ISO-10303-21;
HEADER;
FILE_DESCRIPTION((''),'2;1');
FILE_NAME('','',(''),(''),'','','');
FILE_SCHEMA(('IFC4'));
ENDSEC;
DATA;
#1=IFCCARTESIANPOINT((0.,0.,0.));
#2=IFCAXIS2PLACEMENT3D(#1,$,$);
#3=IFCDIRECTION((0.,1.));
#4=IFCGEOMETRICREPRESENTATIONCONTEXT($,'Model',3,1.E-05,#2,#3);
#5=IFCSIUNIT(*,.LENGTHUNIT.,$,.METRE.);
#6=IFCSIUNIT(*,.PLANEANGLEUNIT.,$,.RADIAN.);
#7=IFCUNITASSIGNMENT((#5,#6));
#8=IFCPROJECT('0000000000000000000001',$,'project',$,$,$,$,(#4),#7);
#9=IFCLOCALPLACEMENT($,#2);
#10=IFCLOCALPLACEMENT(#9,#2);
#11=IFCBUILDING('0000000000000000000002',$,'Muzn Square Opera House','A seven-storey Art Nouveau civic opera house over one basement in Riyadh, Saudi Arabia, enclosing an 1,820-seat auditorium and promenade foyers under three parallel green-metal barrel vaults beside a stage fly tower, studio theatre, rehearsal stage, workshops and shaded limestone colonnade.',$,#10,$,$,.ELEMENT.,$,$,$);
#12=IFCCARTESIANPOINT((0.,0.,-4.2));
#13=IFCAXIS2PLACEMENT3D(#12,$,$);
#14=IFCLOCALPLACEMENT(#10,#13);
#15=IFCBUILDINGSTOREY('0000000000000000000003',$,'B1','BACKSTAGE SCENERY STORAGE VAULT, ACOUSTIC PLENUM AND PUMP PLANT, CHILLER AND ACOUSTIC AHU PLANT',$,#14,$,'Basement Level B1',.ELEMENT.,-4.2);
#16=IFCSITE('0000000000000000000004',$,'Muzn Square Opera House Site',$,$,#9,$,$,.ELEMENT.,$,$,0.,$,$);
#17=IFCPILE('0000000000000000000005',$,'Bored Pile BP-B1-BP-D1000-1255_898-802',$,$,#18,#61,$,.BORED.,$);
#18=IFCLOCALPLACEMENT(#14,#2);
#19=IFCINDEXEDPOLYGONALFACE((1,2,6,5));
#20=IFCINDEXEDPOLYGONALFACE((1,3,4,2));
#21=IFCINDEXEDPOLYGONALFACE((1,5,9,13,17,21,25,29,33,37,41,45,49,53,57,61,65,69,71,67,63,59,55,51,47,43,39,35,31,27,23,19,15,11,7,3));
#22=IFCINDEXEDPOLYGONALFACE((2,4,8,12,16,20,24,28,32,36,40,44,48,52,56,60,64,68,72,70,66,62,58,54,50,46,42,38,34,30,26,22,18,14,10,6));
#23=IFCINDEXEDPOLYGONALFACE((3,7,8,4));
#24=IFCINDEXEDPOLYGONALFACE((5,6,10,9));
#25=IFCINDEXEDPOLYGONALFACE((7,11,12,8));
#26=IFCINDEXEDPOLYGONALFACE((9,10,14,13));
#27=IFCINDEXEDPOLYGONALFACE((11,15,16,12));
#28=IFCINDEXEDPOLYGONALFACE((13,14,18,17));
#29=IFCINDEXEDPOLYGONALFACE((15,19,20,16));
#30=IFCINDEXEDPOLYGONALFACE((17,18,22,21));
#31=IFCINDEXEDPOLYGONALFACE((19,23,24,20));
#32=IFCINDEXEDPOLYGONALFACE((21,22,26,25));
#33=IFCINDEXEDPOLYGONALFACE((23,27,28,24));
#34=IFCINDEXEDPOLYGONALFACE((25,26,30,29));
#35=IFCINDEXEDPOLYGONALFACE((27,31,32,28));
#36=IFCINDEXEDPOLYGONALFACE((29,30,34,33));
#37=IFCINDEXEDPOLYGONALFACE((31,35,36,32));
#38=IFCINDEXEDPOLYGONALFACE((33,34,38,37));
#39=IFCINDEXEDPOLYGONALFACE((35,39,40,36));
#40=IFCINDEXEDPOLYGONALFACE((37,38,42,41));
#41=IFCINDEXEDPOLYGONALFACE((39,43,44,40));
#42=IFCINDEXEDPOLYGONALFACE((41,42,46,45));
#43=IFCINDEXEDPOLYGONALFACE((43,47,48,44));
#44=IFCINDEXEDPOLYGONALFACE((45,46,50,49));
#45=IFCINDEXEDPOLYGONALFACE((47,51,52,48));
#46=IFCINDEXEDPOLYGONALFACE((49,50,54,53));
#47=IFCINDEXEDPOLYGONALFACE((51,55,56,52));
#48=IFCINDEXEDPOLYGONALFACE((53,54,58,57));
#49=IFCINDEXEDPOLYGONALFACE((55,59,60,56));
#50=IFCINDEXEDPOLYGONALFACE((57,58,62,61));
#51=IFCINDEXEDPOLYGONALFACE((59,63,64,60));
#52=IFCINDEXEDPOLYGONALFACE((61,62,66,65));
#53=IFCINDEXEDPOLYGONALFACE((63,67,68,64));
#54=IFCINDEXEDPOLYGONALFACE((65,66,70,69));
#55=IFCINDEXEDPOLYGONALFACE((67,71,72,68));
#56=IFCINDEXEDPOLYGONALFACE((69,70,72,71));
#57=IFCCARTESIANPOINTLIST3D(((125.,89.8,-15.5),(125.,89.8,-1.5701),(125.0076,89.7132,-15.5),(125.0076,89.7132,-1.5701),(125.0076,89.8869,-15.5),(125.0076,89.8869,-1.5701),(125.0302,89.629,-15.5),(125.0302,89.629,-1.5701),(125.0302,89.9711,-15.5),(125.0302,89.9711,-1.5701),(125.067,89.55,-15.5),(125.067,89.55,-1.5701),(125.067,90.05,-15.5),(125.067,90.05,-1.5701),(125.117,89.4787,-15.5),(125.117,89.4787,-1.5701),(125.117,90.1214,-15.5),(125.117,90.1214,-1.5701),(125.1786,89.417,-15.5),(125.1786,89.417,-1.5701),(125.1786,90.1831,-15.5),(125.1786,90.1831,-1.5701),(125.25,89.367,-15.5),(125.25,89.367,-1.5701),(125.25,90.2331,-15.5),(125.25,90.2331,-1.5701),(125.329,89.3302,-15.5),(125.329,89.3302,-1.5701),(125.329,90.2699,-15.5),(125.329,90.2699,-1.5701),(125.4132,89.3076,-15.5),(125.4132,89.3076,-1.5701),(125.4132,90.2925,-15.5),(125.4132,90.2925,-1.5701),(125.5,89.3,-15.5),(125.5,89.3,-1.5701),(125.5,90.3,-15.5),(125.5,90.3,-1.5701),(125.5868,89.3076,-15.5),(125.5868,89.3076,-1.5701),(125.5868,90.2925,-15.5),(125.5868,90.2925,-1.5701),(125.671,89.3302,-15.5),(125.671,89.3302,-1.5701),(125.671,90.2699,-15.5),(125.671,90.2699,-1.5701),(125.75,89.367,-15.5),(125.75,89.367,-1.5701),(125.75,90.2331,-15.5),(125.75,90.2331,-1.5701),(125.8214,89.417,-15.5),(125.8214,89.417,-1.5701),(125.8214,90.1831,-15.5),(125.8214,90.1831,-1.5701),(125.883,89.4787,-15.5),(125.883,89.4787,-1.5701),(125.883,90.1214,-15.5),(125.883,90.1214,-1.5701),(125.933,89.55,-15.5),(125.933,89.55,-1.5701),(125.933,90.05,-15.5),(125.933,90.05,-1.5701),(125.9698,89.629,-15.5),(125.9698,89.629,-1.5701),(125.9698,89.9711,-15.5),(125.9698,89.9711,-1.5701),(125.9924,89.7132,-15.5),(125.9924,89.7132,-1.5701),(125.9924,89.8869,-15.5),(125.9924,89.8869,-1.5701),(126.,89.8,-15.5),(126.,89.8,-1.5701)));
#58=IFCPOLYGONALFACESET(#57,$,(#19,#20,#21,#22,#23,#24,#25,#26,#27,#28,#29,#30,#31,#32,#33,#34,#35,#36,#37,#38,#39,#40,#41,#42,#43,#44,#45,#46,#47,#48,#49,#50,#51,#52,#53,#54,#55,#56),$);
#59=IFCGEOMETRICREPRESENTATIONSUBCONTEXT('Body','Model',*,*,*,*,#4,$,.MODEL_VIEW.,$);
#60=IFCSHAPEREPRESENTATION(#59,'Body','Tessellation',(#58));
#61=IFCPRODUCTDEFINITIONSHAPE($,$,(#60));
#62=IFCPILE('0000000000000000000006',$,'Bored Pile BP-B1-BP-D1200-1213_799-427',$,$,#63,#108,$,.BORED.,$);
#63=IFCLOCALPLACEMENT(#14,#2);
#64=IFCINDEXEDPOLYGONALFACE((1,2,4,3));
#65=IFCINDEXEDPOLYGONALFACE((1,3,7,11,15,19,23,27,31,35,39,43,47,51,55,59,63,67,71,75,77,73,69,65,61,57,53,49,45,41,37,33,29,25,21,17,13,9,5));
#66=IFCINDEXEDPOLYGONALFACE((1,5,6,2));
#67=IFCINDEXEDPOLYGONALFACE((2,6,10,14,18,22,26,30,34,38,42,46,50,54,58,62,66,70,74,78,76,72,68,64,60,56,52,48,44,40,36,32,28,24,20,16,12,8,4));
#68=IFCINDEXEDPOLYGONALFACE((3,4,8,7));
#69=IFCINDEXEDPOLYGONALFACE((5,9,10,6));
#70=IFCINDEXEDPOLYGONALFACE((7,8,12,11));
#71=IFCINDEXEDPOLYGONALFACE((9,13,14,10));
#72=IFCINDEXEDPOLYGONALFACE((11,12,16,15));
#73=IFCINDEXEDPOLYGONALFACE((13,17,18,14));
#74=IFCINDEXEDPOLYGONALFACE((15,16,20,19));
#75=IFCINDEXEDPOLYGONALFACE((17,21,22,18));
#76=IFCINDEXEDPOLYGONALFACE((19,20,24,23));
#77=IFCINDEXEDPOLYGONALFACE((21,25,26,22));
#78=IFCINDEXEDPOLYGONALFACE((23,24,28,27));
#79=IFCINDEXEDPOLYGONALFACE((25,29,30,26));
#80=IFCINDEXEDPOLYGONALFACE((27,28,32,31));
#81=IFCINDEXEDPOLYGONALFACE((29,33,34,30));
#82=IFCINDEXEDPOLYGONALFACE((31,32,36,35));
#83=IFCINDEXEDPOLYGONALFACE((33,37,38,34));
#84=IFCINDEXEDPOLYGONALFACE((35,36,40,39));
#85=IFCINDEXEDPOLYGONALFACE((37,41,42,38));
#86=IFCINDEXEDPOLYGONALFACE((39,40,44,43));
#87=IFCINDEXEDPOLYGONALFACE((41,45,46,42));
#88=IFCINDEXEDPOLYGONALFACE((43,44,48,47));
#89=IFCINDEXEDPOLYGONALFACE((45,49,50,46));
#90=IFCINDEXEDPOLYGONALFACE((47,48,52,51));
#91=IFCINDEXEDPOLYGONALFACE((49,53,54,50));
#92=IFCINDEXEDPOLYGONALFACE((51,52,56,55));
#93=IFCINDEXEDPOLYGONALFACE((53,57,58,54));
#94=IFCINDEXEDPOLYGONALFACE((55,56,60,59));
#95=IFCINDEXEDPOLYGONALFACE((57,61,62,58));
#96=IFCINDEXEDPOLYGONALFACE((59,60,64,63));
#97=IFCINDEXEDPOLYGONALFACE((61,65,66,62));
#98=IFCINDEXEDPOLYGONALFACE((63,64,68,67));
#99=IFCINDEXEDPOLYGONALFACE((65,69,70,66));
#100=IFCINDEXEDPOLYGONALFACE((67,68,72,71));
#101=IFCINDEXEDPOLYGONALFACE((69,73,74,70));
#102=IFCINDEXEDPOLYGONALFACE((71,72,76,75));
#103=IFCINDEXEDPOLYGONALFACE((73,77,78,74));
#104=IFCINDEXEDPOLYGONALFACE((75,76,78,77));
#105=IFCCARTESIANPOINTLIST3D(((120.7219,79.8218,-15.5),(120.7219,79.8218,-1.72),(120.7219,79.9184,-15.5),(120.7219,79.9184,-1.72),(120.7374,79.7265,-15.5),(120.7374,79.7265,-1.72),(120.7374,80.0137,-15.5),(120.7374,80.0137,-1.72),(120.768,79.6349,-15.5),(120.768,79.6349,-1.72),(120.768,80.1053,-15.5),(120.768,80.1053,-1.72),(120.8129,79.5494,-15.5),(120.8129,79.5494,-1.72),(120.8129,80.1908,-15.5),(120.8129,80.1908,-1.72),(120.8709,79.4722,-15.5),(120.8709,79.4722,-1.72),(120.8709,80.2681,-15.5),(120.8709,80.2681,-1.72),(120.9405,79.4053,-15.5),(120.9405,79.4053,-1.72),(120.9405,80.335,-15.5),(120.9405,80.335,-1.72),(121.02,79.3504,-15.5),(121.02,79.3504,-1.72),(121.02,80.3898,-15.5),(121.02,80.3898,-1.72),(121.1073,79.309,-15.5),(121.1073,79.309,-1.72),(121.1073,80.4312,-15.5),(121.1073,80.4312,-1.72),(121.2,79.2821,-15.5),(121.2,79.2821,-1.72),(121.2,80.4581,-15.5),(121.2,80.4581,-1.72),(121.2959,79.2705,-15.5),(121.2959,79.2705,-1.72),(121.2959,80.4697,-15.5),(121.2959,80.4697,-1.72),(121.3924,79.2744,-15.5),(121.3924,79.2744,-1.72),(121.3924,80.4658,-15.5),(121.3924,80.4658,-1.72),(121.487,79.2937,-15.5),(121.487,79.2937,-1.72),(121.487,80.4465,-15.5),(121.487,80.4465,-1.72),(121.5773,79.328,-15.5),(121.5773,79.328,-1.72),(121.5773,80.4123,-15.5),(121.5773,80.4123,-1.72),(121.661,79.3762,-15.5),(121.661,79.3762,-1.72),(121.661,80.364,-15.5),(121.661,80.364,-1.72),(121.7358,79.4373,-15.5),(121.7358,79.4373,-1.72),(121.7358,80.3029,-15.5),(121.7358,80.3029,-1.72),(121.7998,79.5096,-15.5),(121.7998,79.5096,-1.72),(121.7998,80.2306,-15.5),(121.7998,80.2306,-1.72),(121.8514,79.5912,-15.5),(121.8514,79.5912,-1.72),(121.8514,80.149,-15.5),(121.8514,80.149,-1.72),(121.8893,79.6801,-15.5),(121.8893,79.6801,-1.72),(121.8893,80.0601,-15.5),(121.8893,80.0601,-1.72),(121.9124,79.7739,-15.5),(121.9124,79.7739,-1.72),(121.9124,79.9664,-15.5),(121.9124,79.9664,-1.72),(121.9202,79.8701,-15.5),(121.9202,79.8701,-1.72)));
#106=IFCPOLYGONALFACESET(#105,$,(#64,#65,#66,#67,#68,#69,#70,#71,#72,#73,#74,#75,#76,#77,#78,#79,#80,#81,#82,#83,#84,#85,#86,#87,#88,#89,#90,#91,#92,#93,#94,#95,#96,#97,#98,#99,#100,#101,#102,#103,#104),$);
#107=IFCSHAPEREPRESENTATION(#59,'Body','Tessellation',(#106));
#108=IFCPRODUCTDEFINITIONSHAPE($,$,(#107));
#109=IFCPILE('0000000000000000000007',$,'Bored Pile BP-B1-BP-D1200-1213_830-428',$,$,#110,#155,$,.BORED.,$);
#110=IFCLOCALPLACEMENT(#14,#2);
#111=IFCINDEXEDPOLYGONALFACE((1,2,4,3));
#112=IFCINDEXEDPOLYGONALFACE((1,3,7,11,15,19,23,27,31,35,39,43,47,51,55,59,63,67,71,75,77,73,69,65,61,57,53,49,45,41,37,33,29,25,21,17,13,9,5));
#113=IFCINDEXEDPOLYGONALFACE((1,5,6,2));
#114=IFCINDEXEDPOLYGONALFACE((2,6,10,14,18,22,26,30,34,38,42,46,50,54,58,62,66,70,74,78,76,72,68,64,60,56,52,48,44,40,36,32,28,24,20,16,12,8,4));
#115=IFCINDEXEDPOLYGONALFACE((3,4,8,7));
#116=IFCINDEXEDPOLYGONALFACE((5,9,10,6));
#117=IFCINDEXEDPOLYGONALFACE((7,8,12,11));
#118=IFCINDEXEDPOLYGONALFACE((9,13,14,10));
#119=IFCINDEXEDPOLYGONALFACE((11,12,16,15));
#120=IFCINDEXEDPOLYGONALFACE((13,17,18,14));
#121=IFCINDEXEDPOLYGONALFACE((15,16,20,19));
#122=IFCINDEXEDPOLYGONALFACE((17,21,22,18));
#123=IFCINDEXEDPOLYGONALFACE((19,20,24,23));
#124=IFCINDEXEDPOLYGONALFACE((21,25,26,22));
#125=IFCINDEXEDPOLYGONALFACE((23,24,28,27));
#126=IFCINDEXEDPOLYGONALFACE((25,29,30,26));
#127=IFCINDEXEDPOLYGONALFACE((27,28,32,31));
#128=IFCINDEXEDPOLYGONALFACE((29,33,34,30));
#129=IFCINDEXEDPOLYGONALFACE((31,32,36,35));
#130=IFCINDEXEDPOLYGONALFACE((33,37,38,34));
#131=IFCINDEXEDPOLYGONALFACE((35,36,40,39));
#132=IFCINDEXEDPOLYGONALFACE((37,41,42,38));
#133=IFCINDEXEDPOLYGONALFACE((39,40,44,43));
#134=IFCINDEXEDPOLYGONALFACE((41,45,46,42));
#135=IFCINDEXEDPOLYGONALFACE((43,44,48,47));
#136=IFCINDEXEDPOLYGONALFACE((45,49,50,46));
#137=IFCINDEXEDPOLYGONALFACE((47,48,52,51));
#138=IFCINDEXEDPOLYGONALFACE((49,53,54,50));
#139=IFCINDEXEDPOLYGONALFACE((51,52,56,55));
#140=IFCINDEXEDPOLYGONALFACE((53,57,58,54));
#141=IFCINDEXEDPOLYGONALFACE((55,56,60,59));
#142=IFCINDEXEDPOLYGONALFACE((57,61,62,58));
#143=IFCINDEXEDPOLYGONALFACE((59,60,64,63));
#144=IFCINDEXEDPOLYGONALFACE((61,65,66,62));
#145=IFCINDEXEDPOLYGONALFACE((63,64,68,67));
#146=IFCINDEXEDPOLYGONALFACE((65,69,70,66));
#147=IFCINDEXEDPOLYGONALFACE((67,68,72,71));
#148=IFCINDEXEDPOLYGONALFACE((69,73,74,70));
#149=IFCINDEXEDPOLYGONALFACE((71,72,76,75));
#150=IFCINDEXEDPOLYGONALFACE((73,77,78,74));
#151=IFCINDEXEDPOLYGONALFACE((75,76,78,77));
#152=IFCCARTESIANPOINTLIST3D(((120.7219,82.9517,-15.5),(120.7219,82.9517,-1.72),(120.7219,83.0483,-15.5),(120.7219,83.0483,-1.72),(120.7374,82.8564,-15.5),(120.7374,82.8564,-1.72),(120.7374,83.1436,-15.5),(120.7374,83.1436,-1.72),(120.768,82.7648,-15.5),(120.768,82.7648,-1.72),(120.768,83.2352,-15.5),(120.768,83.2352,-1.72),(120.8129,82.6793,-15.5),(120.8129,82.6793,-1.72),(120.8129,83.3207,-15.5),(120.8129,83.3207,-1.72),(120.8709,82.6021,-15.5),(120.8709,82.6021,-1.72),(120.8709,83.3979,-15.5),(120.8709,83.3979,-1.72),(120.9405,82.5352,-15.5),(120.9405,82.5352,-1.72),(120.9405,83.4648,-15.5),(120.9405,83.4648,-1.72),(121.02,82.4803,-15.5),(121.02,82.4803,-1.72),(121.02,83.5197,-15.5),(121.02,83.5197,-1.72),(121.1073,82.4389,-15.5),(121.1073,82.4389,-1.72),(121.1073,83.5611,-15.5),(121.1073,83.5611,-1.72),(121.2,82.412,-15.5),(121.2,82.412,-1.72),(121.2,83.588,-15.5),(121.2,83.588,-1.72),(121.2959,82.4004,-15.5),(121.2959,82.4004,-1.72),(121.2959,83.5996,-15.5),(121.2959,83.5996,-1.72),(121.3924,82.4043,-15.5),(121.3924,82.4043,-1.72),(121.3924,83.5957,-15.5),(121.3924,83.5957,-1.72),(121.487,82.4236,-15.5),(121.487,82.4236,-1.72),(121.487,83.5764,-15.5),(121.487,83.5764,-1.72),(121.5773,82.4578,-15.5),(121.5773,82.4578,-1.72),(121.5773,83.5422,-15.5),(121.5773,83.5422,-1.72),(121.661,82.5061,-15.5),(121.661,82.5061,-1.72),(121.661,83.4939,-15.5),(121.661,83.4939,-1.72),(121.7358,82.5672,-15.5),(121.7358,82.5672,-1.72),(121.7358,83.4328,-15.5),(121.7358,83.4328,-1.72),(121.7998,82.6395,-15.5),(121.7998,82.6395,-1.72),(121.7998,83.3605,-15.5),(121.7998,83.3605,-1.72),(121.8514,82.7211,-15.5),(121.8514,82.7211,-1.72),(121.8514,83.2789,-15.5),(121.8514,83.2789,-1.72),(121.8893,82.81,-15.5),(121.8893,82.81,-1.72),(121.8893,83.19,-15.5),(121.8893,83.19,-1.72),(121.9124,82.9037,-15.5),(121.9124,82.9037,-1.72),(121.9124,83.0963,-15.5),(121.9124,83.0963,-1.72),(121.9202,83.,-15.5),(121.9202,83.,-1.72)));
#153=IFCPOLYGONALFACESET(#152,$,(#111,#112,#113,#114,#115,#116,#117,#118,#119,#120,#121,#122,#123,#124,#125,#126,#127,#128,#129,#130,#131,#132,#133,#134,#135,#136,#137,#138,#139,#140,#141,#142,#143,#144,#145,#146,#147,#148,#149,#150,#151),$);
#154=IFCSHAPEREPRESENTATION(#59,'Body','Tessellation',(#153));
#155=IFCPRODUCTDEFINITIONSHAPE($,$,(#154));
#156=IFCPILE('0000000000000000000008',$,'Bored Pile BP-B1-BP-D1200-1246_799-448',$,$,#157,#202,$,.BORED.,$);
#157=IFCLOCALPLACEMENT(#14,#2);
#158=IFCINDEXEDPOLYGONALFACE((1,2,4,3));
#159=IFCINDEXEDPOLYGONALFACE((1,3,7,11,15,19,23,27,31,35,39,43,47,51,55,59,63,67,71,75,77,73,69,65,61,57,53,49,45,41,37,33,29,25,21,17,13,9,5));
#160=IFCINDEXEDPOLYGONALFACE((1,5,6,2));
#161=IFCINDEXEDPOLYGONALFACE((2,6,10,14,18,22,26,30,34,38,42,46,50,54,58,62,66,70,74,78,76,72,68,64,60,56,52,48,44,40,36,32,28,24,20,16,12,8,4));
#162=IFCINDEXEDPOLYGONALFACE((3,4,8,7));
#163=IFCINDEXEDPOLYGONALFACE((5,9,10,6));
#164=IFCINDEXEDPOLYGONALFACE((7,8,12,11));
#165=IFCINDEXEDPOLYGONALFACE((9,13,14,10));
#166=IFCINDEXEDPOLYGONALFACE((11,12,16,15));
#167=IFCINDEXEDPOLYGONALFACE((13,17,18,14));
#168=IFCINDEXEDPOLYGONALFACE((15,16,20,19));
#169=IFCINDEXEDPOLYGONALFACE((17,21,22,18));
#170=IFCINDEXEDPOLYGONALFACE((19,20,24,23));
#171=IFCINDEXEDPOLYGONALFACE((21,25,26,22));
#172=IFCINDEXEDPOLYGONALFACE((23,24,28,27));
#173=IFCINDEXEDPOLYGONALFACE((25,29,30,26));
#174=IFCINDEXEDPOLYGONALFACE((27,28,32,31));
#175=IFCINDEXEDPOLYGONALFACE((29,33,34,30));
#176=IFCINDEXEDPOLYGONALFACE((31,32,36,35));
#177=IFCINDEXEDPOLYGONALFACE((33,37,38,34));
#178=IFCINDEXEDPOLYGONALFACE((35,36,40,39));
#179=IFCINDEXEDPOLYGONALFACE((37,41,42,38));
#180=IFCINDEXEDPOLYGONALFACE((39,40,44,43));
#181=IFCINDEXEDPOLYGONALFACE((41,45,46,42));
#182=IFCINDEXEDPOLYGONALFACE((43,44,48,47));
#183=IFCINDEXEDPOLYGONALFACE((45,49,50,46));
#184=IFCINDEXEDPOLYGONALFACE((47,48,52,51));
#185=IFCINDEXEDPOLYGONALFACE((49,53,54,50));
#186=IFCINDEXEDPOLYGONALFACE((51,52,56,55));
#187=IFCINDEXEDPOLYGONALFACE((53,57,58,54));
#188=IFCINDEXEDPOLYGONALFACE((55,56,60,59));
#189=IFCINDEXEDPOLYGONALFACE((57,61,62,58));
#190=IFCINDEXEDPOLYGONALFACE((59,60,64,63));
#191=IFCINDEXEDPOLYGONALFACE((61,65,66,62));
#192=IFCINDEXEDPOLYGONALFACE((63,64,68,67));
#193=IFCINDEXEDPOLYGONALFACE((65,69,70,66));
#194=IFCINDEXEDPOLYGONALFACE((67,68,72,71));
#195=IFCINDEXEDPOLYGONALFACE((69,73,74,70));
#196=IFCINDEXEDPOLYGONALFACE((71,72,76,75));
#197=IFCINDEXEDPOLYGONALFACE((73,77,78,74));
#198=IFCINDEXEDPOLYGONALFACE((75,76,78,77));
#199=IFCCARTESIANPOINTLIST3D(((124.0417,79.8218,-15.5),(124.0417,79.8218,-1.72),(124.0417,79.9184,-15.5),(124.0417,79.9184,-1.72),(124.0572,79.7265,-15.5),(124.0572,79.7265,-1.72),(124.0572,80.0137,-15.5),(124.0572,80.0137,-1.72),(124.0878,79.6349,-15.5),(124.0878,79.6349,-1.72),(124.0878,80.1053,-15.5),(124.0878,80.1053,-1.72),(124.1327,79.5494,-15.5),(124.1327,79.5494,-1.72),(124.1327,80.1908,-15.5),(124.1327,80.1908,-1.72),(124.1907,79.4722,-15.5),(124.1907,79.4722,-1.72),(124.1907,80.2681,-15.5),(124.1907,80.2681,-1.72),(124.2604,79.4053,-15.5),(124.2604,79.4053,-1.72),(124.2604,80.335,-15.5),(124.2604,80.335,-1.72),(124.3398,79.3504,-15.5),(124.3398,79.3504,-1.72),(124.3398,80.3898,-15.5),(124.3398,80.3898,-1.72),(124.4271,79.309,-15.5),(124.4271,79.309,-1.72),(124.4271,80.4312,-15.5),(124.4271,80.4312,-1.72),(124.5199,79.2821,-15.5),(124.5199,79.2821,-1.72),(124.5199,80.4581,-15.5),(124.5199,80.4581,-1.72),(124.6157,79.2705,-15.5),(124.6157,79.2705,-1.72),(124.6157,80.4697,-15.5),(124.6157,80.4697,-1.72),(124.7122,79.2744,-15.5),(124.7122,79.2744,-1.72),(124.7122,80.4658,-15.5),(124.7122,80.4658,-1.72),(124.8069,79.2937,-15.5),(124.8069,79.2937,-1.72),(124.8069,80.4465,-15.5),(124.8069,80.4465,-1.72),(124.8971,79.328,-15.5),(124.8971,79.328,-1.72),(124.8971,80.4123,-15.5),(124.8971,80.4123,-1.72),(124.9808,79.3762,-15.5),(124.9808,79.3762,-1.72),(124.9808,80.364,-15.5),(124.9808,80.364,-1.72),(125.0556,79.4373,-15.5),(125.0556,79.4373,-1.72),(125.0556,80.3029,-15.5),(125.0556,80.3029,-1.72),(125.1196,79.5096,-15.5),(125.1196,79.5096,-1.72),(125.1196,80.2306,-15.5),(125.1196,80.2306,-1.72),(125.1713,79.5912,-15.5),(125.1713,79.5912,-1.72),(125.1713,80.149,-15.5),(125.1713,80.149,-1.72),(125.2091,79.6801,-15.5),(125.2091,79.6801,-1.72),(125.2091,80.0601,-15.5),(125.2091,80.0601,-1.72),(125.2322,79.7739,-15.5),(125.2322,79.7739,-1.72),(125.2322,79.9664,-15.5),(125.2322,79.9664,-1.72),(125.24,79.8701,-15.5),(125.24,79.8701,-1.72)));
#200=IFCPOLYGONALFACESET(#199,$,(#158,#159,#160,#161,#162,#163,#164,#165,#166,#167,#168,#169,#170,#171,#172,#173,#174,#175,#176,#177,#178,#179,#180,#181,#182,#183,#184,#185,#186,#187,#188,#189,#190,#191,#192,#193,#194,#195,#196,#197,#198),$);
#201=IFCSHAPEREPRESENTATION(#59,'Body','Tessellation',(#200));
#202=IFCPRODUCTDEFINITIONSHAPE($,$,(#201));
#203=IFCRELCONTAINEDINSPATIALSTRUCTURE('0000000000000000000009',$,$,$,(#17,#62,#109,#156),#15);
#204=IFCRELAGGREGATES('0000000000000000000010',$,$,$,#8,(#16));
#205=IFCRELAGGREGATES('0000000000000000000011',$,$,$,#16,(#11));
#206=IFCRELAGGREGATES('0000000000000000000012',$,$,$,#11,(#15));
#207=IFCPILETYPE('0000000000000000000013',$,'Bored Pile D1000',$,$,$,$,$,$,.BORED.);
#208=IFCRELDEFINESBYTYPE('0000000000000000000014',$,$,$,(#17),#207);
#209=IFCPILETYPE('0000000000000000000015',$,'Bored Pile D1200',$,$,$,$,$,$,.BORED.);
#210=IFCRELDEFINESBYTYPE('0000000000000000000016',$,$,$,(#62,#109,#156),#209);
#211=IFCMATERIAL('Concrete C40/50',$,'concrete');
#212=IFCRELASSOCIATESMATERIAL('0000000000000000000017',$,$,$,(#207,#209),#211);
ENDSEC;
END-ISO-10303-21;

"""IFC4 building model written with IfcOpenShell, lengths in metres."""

from ifc_helpers import new_model, si_unit, direction, frame, origin, origin_2d, place, context, subcontext, project, spatial, circle, extrude, material, material_profile, profile_set, type_object, element, save


model = new_model("IFC4")

# Units and contexts
model_context = context("Model", 3, precision=1e-05, world=origin(), true_north=direction((0.0, 1.0)))
body_context = subcontext(model_context, "Body", "Model", "MODEL_VIEW")
ifc_project = project(units=[si_unit("LENGTHUNIT", "METRE"), si_unit("PLANEANGLEUNIT", "RADIAN")], contexts=[model_context])

# Site, building, storey
site_placement = place(None, origin())
site = spatial("IfcSite", under=ifc_project, at=site_placement, Name="Muzn Square Opera House Site", CompositionType="ELEMENT", RefElevation=0.0)
building_placement = place(site_placement, origin())
building = spatial("IfcBuilding", under=site, at=building_placement, Name="Muzn Square Opera House", Description="A seven-storey Art Nouveau civic opera house over one basement in Riyadh, Saudi Arabia, enclosing an 1,820-seat auditorium and promenade foyers under three parallel green-metal barrel vaults beside a stage fly tower, studio theatre, rehearsal stage, workshops and shaded limestone colonnade.", CompositionType="ELEMENT")
storey_placement = place(building_placement, frame((0.0, 0.0, -4.2)))
storey = spatial("IfcBuildingStorey", under=building, at=storey_placement, Name="B1", Description="BACKSTAGE SCENERY STORAGE VAULT, ACOUSTIC PLENUM AND PUMP PLANT, CHILLER AND ACOUSTIC AHU PLANT", LongName="Basement Level B1", CompositionType="ELEMENT", Elevation=-4.2)

# Piles
ifc_material_1 = material(Name="Concrete C40/50", Category="concrete")
ifc_material_profile_1 = material_profile(ifc_material_1, circle(Radius=0.5, at=origin_2d()), Name="BORED PILE D1000", Category="concrete")
ifc_profile_set_1 = profile_set([ifc_material_profile_1], Name="Concrete C40/50")
pile_type_1 = type_object("IfcPileType", Name="Bored Pile D1000", PredefinedType="BORED", material=ifc_profile_set_1)
pile_placement = place(storey_placement, frame((125.5, 89.8, -1.5701), z_axis=(0.0, 0.0, -1.0), x_axis=(1.0, 0.0, 0.0)))
element("IfcPile", 1, at=pile_placement, inside=storey, type_object=pile_type_1, Name="Bored Pile BP-B1-BP-D1000-1255_898-802", PredefinedType="BORED", context=body_context, shape_type="SweptSolid", body=[
    extrude(circle(Radius=0.5, at=origin_2d()), origin(), (0.0, 0.0, 1.0), 13.9299),
])
ifc_material_profile_2 = material_profile(ifc_material_1, circle(Radius=0.6001, at=origin_2d()), Name="BORED PILE D1200", Category="concrete")
ifc_profile_set_2 = profile_set([ifc_material_profile_2], Name="Concrete C40/50")
pile_type_2 = type_object("IfcPileType", Name="Bored Pile D1200", PredefinedType="BORED", material=ifc_profile_set_2)
for number, where, z_axis, x_axis, name in (
    (2, (121.3201, 79.8701, -1.72), (0.0, 0.0, -1.0), (1.0, 0.0, 0.0), "Bored Pile BP-B1-BP-D1200-1213_799-427"),
    (3, (121.3201, 83.0, -1.72), (0.0, 0.0, -1.0), (1.0, 0.0, 0.0), "Bored Pile BP-B1-BP-D1200-1213_830-428"),
    (4, (124.6399, 79.8701, -1.72), (0.0, 0.0, -1.0), (1.0, 0.0, 0.0), "Bored Pile BP-B1-BP-D1200-1246_799-448"),
):
    element("IfcPile", number, at=place(storey_placement, frame(where, z_axis=z_axis, x_axis=x_axis)), inside=storey, type_object=pile_type_2, Name=name, PredefinedType="BORED", context=body_context, shape_type="SweptSolid", body=[
        extrude(circle(Radius=0.6001, at=origin_2d()), origin(), (0.0, 0.0, 1.0), 13.78),
    ])

save(model, "model.ifc")
